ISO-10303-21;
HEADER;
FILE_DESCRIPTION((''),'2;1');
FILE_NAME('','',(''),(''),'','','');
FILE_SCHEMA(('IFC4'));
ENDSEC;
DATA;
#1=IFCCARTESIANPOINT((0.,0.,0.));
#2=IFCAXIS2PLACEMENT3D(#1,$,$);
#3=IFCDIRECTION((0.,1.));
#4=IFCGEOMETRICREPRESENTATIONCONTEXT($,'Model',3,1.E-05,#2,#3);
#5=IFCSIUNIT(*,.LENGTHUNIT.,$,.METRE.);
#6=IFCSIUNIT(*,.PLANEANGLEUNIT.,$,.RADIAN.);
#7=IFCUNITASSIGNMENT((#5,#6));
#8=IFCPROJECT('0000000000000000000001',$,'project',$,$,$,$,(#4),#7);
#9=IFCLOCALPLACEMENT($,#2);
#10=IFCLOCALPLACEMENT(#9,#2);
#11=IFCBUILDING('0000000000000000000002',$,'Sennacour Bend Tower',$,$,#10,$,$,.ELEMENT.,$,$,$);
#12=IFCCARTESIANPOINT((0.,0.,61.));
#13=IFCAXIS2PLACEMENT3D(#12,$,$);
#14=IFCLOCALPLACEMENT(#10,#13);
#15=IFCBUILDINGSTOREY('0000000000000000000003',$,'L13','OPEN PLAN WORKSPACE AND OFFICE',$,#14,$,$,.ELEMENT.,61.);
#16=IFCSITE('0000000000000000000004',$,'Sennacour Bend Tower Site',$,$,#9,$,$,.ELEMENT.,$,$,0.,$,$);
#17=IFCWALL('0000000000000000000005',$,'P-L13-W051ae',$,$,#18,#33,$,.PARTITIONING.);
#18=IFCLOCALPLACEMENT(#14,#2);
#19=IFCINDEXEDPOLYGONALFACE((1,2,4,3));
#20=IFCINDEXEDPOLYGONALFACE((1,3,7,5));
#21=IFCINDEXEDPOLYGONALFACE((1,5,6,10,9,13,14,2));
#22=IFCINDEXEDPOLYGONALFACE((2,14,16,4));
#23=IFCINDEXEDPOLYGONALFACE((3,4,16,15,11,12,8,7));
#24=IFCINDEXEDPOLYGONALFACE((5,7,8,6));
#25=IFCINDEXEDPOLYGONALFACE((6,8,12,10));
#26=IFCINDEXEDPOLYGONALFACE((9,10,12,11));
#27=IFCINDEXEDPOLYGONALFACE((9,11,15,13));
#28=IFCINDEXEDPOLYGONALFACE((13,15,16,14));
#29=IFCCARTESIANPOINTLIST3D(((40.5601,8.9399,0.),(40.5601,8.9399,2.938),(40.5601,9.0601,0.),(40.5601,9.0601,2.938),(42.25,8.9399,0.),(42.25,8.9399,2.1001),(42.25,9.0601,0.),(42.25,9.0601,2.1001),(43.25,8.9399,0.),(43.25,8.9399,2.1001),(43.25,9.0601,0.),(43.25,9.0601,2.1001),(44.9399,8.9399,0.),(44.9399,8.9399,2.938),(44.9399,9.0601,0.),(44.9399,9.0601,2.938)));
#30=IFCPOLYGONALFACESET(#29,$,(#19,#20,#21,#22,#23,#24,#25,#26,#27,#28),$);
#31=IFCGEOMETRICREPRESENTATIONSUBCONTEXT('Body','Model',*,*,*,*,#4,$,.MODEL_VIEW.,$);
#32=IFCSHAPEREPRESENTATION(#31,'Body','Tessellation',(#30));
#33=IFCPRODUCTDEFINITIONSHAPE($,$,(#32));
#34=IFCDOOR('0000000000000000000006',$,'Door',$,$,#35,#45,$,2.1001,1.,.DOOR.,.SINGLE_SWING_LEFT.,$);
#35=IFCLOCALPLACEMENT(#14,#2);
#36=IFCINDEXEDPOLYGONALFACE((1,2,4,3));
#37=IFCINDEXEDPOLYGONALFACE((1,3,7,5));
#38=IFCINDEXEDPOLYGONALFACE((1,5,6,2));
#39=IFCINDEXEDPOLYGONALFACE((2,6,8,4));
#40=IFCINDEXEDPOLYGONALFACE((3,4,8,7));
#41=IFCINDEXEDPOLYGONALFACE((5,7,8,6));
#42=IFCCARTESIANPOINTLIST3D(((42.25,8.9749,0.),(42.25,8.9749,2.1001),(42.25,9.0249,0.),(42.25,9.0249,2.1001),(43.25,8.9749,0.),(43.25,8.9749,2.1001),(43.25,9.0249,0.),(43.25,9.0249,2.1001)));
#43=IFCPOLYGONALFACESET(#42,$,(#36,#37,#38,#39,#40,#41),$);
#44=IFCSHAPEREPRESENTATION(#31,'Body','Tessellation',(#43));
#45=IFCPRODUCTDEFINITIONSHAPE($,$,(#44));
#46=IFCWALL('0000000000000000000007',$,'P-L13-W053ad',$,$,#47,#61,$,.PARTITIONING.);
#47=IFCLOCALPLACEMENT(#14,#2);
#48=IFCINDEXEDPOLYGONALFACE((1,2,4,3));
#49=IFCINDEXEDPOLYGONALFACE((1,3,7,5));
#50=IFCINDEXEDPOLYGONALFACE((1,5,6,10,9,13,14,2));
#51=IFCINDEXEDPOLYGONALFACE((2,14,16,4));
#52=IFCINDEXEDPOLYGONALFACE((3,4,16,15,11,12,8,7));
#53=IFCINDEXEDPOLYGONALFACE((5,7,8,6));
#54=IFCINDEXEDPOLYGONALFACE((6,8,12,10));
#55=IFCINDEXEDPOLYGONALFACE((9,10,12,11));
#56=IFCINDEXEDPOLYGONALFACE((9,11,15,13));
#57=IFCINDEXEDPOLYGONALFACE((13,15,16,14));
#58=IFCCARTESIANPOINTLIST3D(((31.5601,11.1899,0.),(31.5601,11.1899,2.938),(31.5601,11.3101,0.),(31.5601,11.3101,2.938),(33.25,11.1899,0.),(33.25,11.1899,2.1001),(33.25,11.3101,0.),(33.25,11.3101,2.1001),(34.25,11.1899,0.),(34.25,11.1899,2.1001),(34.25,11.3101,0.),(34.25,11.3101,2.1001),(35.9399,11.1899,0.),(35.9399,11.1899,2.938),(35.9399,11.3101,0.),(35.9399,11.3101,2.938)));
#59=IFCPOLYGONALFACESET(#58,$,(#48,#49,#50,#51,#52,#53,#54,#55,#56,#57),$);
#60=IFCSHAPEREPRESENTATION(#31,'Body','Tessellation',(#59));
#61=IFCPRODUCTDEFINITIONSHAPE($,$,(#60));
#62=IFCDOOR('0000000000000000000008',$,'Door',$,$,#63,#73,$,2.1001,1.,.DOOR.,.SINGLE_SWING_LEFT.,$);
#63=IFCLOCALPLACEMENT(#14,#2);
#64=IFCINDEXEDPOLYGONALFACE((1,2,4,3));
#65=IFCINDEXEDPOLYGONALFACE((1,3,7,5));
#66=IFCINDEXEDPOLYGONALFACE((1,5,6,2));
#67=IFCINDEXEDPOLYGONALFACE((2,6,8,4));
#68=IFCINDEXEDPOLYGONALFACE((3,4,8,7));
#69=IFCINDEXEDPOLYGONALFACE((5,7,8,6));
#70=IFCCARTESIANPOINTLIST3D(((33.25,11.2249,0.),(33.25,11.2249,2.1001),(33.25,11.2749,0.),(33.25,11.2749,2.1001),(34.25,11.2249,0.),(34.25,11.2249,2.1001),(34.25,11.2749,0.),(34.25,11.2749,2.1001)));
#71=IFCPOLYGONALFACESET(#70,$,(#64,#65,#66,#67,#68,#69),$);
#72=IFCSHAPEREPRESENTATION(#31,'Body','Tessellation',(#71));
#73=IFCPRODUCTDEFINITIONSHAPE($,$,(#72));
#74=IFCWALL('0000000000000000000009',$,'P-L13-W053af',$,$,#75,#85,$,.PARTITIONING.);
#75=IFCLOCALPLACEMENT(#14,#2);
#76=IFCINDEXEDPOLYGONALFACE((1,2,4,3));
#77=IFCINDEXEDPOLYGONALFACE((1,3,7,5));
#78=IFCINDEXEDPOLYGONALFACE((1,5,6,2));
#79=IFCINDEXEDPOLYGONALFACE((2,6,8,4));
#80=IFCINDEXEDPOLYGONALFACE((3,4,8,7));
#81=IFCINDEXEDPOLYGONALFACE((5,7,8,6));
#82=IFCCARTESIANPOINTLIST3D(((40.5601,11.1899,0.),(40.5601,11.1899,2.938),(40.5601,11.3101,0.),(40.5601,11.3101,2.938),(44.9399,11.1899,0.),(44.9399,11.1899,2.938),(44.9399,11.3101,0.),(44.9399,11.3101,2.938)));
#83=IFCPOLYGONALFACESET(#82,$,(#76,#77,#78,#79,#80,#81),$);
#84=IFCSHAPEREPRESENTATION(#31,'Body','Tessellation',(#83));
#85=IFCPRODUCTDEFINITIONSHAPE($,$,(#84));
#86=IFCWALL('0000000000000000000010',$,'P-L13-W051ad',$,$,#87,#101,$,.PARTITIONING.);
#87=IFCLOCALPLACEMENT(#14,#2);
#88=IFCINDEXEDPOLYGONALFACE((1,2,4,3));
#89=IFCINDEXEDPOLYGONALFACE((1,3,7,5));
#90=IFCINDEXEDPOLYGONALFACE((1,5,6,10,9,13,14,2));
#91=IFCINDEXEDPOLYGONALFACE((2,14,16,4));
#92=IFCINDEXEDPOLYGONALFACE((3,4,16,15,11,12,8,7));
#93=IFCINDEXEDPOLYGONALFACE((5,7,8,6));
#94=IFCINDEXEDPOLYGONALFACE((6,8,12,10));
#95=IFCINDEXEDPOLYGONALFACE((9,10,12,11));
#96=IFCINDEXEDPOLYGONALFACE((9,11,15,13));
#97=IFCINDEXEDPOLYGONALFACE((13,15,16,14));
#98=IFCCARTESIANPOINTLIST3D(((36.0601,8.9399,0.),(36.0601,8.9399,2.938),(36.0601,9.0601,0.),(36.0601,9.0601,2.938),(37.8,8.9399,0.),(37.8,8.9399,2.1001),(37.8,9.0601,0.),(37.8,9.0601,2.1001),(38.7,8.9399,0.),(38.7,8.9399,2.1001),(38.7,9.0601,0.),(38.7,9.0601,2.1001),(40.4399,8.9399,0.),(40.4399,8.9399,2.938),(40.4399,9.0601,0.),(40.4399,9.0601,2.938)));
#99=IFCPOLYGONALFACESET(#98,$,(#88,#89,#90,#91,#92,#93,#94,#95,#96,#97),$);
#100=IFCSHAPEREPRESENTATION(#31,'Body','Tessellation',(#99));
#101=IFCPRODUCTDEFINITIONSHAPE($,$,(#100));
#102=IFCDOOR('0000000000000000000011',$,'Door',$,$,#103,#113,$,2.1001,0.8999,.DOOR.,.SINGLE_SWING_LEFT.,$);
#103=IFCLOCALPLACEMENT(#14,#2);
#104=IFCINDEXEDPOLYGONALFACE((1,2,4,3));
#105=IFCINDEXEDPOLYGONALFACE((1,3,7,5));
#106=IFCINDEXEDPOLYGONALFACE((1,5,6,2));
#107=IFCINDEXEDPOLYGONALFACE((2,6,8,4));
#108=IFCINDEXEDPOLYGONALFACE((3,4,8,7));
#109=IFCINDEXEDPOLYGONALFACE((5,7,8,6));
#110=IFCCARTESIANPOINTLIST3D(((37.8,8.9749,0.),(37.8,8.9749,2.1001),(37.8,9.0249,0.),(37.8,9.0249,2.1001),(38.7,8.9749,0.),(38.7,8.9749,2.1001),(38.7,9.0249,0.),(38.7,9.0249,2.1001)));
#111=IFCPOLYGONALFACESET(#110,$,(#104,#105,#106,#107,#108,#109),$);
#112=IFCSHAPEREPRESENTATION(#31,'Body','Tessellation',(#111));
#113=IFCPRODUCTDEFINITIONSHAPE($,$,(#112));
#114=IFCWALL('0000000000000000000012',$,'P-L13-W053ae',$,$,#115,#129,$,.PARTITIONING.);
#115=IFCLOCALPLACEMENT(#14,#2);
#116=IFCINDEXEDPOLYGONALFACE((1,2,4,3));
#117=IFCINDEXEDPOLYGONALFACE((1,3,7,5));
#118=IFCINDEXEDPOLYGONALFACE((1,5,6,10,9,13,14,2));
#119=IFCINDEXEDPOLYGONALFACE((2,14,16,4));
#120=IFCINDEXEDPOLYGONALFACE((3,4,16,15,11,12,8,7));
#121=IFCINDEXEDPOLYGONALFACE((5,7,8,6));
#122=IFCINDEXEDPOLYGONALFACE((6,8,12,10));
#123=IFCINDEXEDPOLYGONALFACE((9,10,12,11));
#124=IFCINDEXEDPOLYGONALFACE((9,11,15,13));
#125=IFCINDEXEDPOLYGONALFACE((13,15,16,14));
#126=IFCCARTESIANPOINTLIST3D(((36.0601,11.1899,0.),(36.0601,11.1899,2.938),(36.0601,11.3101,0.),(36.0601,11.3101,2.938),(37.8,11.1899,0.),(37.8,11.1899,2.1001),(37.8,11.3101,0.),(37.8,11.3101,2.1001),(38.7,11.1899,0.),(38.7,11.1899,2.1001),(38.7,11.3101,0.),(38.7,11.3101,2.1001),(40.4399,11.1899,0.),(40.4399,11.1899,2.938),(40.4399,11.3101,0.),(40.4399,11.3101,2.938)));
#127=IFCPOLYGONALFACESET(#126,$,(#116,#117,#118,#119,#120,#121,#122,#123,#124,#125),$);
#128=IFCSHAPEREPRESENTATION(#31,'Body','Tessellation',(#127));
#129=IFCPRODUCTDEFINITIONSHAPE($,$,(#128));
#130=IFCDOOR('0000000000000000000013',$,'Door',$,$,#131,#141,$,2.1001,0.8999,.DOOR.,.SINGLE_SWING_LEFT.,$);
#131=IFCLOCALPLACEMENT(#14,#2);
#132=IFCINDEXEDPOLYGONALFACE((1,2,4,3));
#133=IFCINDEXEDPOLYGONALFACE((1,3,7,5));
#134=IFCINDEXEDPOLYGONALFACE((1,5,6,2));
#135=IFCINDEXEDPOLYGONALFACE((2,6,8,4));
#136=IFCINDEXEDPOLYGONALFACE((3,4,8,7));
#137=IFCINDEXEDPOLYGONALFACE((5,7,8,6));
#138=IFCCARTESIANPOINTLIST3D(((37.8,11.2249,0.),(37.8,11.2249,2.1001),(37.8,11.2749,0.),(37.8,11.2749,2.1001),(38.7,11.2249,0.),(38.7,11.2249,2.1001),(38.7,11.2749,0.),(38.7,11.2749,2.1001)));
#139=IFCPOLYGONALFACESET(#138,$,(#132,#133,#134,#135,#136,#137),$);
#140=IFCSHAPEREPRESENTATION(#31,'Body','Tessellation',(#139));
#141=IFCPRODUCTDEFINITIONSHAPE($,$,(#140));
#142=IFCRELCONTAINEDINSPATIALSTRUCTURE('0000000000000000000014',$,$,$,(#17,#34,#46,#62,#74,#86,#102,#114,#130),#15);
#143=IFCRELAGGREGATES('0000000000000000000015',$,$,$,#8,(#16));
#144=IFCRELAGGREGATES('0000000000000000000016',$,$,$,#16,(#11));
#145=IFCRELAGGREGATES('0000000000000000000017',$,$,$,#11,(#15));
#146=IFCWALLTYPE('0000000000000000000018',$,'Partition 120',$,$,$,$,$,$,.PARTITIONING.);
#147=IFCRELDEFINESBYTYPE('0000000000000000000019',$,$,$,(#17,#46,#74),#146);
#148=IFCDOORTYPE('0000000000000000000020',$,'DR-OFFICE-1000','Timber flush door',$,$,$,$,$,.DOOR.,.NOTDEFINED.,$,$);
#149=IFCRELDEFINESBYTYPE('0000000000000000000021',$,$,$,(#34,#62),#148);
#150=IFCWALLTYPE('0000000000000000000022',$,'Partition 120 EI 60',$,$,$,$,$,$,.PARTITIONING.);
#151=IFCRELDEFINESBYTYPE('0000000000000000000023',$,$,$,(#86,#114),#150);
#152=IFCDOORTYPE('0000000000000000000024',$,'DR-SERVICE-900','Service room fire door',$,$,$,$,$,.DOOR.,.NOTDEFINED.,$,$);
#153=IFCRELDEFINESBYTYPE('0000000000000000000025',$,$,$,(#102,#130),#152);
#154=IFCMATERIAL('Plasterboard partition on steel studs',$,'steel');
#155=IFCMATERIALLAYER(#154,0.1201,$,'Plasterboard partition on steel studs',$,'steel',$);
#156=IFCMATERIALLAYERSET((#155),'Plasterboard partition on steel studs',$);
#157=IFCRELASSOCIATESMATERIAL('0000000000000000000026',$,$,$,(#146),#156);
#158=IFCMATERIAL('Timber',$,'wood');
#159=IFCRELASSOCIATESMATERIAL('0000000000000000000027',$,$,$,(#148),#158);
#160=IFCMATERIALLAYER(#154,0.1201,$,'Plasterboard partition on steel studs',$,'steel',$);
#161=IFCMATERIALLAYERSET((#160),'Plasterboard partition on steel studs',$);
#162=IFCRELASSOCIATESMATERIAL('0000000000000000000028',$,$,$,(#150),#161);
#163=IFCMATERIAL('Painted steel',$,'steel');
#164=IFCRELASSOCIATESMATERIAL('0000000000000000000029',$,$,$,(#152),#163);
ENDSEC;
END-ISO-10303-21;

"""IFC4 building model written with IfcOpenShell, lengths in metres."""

from ifc_helpers import new_model, si_unit, direction, frame, frame_2d, origin, place, context, subcontext, project, spatial, rectangle, extrude, material, layer, layer_set, type_object, element, fill, save


model = new_model("IFC4")

# Units and contexts
model_context = context("Model", 3, precision=1e-05, world=origin(), true_north=direction((0.0, 1.0)))
body_context = subcontext(model_context, "Body", "Model", "MODEL_VIEW")
ifc_project = project(units=[si_unit("LENGTHUNIT", "METRE"), si_unit("PLANEANGLEUNIT", "RADIAN")], contexts=[model_context])

# Site, building, storey
site_placement = place(None, origin())
site = spatial("IfcSite", under=ifc_project, at=site_placement, Name="Sennacour Bend Tower Site", CompositionType="ELEMENT", RefElevation=0.0)
building_placement = place(site_placement, origin())
building = spatial("IfcBuilding", under=site, at=building_placement, Name="Sennacour Bend Tower", CompositionType="ELEMENT")
storey_placement = place(building_placement, frame((0.0, 0.0, 61.0)))
storey = spatial("IfcBuildingStorey", under=building, at=storey_placement, Name="L13", Description="OPEN PLAN WORKSPACE AND OFFICE", CompositionType="ELEMENT", Elevation=61.0)

# Shared definitions
ifc_material_1 = material(Name="Plasterboard partition on steel studs", Category="steel")
ifc_layer_1 = layer(ifc_material_1, 0.1201, Name="Plasterboard partition on steel studs", Category="steel")
ifc_layer_set_1 = layer_set([ifc_layer_1], Name="Plasterboard partition on steel studs")
wall_type_1 = type_object("IfcWallType", Name="Partition 120", PredefinedType="PARTITIONING", material=ifc_layer_set_1)

# Walls, openings, doors
wall_1_placement = place(storey_placement, frame((40.5601, 9.0, 0.0), z_axis=(0.0, 0.0, 1.0), x_axis=(1.0, 0.0, 0.0)))
wall_1 = element("IfcWall", 1, at=wall_1_placement, inside=storey, type_object=wall_type_1, Name="P-L13-W051ae", PredefinedType="PARTITIONING", context=body_context, shape_type="SweptSolid", body=[
    extrude(rectangle(XDim=4.3799, YDim=0.1201, at=frame_2d((2.1899, 0.0))), origin(), (0.0, 0.0, 1.0), 2.938),
])
opening_1_placement = place(wall_1_placement, frame((1.6899, 0.0, 0.0)))
opening_1 = element("IfcOpeningElement", 2, at=opening_1_placement, cuts=wall_1, PredefinedType="OPENING", context=body_context, shape_type="SweptSolid", body=[
    extrude(rectangle(XDim=1.0, YDim=2.1001, at=frame_2d((0.5, 1.05))), frame((0.0, 0.0701, 0.0), z_axis=(0.0, -1.0, 0.0), x_axis=(1.0, 0.0, 0.0)), (0.0, 0.0, 1.0), 0.1401),
])
ifc_material_2 = material(Name="Timber", Category="wood")
door_type_1 = type_object("IfcDoorType", Name="DR-OFFICE-1000", Description="Timber flush door", OperationType="NOTDEFINED", PredefinedType="DOOR", material=ifc_material_2)
door_1_placement = place(opening_1_placement, origin())
door_1 = element("IfcDoor", 3, at=door_1_placement, inside=storey, type_object=door_type_1, Name="Door", OperationType="SINGLE_SWING_LEFT", OverallHeight=2.1001, OverallWidth=1.0, PredefinedType="DOOR", context=body_context, shape_type="SweptSolid", body=[
    extrude(rectangle(XDim=1.0, YDim=2.1001, at=frame_2d((0.5, 1.05))), frame((0.0, 0.0249, 0.0), z_axis=(0.0, -1.0, 0.0), x_axis=(1.0, 0.0, 0.0)), (0.0, 0.0, 1.0), 0.05),
])
fill(opening_1, door_1)
wall_2_placement = place(storey_placement, frame((31.5601, 11.25, 0.0), z_axis=(0.0, 0.0, 1.0), x_axis=(1.0, 0.0, 0.0)))
wall_2 = element("IfcWall", 4, at=wall_2_placement, inside=storey, type_object=wall_type_1, Name="P-L13-W053ad", PredefinedType="PARTITIONING", context=body_context, shape_type="SweptSolid", body=[
    extrude(rectangle(XDim=4.3799, YDim=0.1201, at=frame_2d((2.1899, 0.0))), origin(), (0.0, 0.0, 1.0), 2.938),
])
opening_2_placement = place(wall_2_placement, frame((1.6899, 0.0, 0.0)))
opening_2 = element("IfcOpeningElement", 5, at=opening_2_placement, cuts=wall_2, PredefinedType="OPENING", context=body_context, shape_type="SweptSolid", body=[
    extrude(rectangle(XDim=1.0, YDim=2.1001, at=frame_2d((0.5, 1.05))), frame((0.0, 0.0701, 0.0), z_axis=(0.0, -1.0, 0.0), x_axis=(1.0, 0.0, 0.0)), (0.0, 0.0, 1.0), 0.1401),
])
door_2_placement = place(opening_2_placement, origin())
door_2 = element("IfcDoor", 6, at=door_2_placement, inside=storey, type_object=door_type_1, Name="Door", OperationType="SINGLE_SWING_LEFT", OverallHeight=2.1001, OverallWidth=1.0, PredefinedType="DOOR", context=body_context, shape_type="SweptSolid", body=[
    extrude(rectangle(XDim=1.0, YDim=2.1001, at=frame_2d((0.5, 1.05))), frame((0.0, 0.0249, 0.0), z_axis=(0.0, -1.0, 0.0), x_axis=(1.0, 0.0, 0.0)), (0.0, 0.0, 1.0), 0.05),
])
fill(opening_2, door_2)

# Wall
wall_3_placement = place(storey_placement, frame((40.5601, 11.25, 0.0), z_axis=(0.0, 0.0, 1.0), x_axis=(1.0, 0.0, 0.0)))
element("IfcWall", 7, at=wall_3_placement, inside=storey, type_object=wall_type_1, Name="P-L13-W053af", PredefinedType="PARTITIONING", context=body_context, shape_type="SweptSolid", body=[
    extrude(rectangle(XDim=4.3799, YDim=0.1201, at=frame_2d((2.1899, 0.0))), origin(), (0.0, 0.0, 1.0), 2.938),
])

# Walls, openings, doors
ifc_layer_2 = layer(ifc_material_1, 0.1201, Name="Plasterboard partition on steel studs", Category="steel")
ifc_layer_set_2 = layer_set([ifc_layer_2], Name="Plasterboard partition on steel studs")
wall_type_2 = type_object("IfcWallType", Name="Partition 120 EI 60", PredefinedType="PARTITIONING", material=ifc_layer_set_2)
wall_4_placement = place(storey_placement, frame((36.0601, 9.0, 0.0), z_axis=(0.0, 0.0, 1.0), x_axis=(1.0, 0.0, 0.0)))
wall_4 = element("IfcWall", 8, at=wall_4_placement, inside=storey, type_object=wall_type_2, Name="P-L13-W051ad", PredefinedType="PARTITIONING", context=body_context, shape_type="SweptSolid", body=[
    extrude(rectangle(XDim=4.3799, YDim=0.1201, at=frame_2d((2.1899, 0.0))), origin(), (0.0, 0.0, 1.0), 2.938),
])
opening_3_placement = place(wall_4_placement, frame((1.74, 0.0, 0.0)))
opening_3 = element("IfcOpeningElement", 9, at=opening_3_placement, cuts=wall_4, PredefinedType="OPENING", context=body_context, shape_type="SweptSolid", body=[
    extrude(rectangle(XDim=0.8999, YDim=2.1001, at=frame_2d((0.45, 1.05))), frame((0.0, 0.0701, 0.0), z_axis=(0.0, -1.0, 0.0), x_axis=(1.0, 0.0, 0.0)), (0.0, 0.0, 1.0), 0.1401),
])
ifc_material_3 = material(Name="Painted steel", Category="steel")
door_type_2 = type_object("IfcDoorType", Name="DR-SERVICE-900", Description="Service room fire door", OperationType="NOTDEFINED", PredefinedType="DOOR", material=ifc_material_3)
door_3_placement = place(opening_3_placement, origin())
door_3 = element("IfcDoor", 10, at=door_3_placement, inside=storey, type_object=door_type_2, Name="Door", OperationType="SINGLE_SWING_LEFT", OverallHeight=2.1001, OverallWidth=0.8999, PredefinedType="DOOR", context=body_context, shape_type="SweptSolid", body=[
    extrude(rectangle(XDim=0.8999, YDim=2.1001, at=frame_2d((0.45, 1.05))), frame((0.0, 0.0249, 0.0), z_axis=(0.0, -1.0, 0.0), x_axis=(1.0, 0.0, 0.0)), (0.0, 0.0, 1.0), 0.05),
])
fill(opening_3, door_3)
wall_5_placement = place(storey_placement, frame((36.0601, 11.25, 0.0), z_axis=(0.0, 0.0, 1.0), x_axis=(1.0, 0.0, 0.0)))
wall_5 = element("IfcWall", 11, at=wall_5_placement, inside=storey, type_object=wall_type_2, Name="P-L13-W053ae", PredefinedType="PARTITIONING", context=body_context, shape_type="SweptSolid", body=[
    extrude(rectangle(XDim=4.3799, YDim=0.1201, at=frame_2d((2.1899, 0.0))), origin(), (0.0, 0.0, 1.0), 2.938),
])
opening_4_placement = place(wall_5_placement, frame((1.74, 0.0, 0.0)))
opening_4 = element("IfcOpeningElement", 12, at=opening_4_placement, cuts=wall_5, PredefinedType="OPENING", context=body_context, shape_type="SweptSolid", body=[
    extrude(rectangle(XDim=0.8999, YDim=2.1001, at=frame_2d((0.45, 1.05))), frame((0.0, 0.0701, 0.0), z_axis=(0.0, -1.0, 0.0), x_axis=(1.0, 0.0, 0.0)), (0.0, 0.0, 1.0), 0.1401),
])
door_4_placement = place(opening_4_placement, origin())
door_4 = element("IfcDoor", 13, at=door_4_placement, inside=storey, type_object=door_type_2, Name="Door", OperationType="SINGLE_SWING_LEFT", OverallHeight=2.1001, OverallWidth=0.8999, PredefinedType="DOOR", context=body_context, shape_type="SweptSolid", body=[
    extrude(rectangle(XDim=0.8999, YDim=2.1001, at=frame_2d((0.45, 1.05))), frame((0.0, 0.0249, 0.0), z_axis=(0.0, -1.0, 0.0), x_axis=(1.0, 0.0, 0.0)), (0.0, 0.0, 1.0), 0.05),
])
fill(opening_4, door_4)

save(model, "model.ifc")
